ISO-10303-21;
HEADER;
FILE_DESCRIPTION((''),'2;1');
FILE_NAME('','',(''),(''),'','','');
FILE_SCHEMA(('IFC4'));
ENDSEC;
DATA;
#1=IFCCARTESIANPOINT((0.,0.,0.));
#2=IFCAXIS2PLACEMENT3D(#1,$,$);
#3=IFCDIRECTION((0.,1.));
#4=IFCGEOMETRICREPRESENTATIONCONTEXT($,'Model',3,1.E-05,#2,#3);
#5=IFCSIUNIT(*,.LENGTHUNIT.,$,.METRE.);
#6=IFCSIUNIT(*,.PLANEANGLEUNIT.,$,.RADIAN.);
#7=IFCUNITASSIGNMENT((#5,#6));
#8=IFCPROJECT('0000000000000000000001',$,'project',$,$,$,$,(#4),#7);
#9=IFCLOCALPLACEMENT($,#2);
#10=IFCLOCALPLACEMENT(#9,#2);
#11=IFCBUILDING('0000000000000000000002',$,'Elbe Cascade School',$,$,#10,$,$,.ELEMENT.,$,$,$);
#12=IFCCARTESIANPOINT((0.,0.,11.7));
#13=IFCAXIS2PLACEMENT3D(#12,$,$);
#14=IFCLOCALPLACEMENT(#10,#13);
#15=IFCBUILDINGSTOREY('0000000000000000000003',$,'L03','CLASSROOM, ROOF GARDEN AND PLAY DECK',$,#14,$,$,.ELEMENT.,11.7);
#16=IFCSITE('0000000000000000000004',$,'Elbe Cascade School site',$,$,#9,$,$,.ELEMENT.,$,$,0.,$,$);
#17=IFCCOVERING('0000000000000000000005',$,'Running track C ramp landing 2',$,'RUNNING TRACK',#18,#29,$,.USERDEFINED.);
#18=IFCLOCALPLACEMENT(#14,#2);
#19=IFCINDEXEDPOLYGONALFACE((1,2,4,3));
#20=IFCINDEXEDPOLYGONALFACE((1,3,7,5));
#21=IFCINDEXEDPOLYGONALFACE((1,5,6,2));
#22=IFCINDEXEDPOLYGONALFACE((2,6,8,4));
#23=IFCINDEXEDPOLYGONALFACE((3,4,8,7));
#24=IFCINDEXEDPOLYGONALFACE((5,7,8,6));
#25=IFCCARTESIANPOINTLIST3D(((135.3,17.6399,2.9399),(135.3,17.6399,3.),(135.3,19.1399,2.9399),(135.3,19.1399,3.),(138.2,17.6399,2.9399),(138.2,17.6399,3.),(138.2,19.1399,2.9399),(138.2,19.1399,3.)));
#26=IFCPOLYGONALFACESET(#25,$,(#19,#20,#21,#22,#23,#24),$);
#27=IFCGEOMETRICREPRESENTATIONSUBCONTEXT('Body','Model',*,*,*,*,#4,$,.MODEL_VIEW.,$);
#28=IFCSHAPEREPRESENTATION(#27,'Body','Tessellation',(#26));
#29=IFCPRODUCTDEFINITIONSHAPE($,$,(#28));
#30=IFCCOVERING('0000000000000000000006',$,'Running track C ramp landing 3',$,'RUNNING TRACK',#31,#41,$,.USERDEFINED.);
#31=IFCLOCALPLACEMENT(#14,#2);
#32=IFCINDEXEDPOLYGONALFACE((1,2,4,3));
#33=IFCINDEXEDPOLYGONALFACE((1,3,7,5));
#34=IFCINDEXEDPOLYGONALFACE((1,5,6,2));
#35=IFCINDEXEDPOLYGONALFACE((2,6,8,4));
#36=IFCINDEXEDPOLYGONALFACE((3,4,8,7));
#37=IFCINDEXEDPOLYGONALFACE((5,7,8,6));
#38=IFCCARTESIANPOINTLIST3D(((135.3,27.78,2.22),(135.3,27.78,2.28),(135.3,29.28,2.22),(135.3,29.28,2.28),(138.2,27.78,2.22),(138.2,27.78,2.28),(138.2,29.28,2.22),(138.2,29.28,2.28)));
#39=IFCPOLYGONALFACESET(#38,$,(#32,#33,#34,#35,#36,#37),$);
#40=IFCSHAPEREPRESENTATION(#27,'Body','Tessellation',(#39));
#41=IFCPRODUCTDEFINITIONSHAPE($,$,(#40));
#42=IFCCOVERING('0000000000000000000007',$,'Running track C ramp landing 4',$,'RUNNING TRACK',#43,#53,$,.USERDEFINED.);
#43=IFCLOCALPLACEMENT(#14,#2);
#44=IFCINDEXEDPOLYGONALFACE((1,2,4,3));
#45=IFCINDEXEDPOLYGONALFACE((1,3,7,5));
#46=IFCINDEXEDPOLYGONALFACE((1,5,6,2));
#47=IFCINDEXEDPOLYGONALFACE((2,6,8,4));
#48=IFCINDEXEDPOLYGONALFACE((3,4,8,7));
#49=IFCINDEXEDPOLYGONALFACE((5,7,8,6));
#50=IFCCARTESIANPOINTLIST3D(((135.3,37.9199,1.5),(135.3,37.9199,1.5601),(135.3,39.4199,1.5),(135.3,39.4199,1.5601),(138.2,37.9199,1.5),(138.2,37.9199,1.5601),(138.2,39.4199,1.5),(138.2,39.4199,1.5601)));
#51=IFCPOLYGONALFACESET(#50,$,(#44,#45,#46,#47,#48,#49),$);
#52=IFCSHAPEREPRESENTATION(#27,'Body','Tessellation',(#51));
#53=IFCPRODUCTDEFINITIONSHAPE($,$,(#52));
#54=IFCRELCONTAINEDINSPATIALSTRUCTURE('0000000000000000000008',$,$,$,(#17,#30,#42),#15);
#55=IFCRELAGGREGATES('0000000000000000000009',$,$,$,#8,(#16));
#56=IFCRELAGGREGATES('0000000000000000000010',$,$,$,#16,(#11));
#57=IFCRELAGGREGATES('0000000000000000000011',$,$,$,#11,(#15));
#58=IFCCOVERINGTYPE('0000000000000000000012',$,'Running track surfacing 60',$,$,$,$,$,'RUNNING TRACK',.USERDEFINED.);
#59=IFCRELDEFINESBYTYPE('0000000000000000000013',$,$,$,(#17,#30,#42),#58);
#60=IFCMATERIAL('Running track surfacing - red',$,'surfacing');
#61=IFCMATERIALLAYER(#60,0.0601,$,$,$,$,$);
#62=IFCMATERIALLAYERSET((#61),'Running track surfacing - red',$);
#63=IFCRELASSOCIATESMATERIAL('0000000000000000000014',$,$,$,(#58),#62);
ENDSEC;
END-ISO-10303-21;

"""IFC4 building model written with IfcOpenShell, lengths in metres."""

from ifc_helpers import new_model, si_unit, direction, frame, origin, place, context, subcontext, project, spatial, polyline, outline, extrude, material, layer, layer_set, type_object, element, save


model = new_model("IFC4")

# Units and contexts
model_context = context("Model", 3, precision=1e-05, world=origin(), true_north=direction((0.0, 1.0)))
body_context = subcontext(model_context, "Body", "Model", "MODEL_VIEW")
ifc_project = project(units=[si_unit("LENGTHUNIT", "METRE"), si_unit("PLANEANGLEUNIT", "RADIAN")], contexts=[model_context])

# Site, building, storey
site_placement = place(None, origin())
site = spatial("IfcSite", under=ifc_project, at=site_placement, Name="Elbe Cascade School site", CompositionType="ELEMENT", RefElevation=0.0)
building_placement = place(site_placement, origin())
building = spatial("IfcBuilding", under=site, at=building_placement, Name="Elbe Cascade School", CompositionType="ELEMENT")
storey_placement = place(building_placement, frame((0.0, 0.0, 11.7)))
storey = spatial("IfcBuildingStorey", under=building, at=storey_placement, Name="L03", Description="CLASSROOM, ROOF GARDEN AND PLAY DECK", CompositionType="ELEMENT", Elevation=11.7)

# Coverings
ifc_material_1 = material(Name="Running track surfacing - red", Category="surfacing")
ifc_layer_1 = layer(ifc_material_1, 0.0601)
ifc_layer_set_1 = layer_set([ifc_layer_1], Name="Running track surfacing - red")
covering_type_1 = type_object("IfcCoveringType", Name="Running track surfacing 60", ElementType="RUNNING TRACK", PredefinedType="USERDEFINED", material=ifc_layer_set_1)
covering_1_placement = place(storey_placement, frame((0.0, 0.0, 2.9399)))
element("IfcCovering", 1, at=covering_1_placement, inside=storey, type_object=covering_type_1, Name="Running track C ramp landing 2", ObjectType="RUNNING TRACK", PredefinedType="USERDEFINED", context=body_context, shape_type="SweptSolid", body=[
    extrude(outline(polyline([(138.2, 17.6399), (138.2, 19.1399), (135.3, 19.1399), (135.3, 17.6399), (138.2, 17.6399)])), origin(), (0.0, 0.0, 1.0), 0.0601),
])
covering_2_placement = place(storey_placement, frame((0.0, 0.0, 2.22)))
element("IfcCovering", 2, at=covering_2_placement, inside=storey, type_object=covering_type_1, Name="Running track C ramp landing 3", ObjectType="RUNNING TRACK", PredefinedType="USERDEFINED", context=body_context, shape_type="SweptSolid", body=[
    extrude(outline(polyline([(138.2, 27.78), (138.2, 29.28), (135.3, 29.28), (135.3, 27.78), (138.2, 27.78)])), origin(), (0.0, 0.0, 1.0), 0.0601),
])
covering_3_placement = place(storey_placement, frame((0.0, 0.0, 1.5)))
element("IfcCovering", 3, at=covering_3_placement, inside=storey, type_object=covering_type_1, Name="Running track C ramp landing 4", ObjectType="RUNNING TRACK", PredefinedType="USERDEFINED", context=body_context, shape_type="SweptSolid", body=[
    extrude(outline(polyline([(138.2, 37.9199), (138.2, 39.4199), (135.3, 39.4199), (135.3, 37.9199), (138.2, 37.9199)])), origin(), (0.0, 0.0, 1.0), 0.0601),
])

save(model, "model.ifc")
